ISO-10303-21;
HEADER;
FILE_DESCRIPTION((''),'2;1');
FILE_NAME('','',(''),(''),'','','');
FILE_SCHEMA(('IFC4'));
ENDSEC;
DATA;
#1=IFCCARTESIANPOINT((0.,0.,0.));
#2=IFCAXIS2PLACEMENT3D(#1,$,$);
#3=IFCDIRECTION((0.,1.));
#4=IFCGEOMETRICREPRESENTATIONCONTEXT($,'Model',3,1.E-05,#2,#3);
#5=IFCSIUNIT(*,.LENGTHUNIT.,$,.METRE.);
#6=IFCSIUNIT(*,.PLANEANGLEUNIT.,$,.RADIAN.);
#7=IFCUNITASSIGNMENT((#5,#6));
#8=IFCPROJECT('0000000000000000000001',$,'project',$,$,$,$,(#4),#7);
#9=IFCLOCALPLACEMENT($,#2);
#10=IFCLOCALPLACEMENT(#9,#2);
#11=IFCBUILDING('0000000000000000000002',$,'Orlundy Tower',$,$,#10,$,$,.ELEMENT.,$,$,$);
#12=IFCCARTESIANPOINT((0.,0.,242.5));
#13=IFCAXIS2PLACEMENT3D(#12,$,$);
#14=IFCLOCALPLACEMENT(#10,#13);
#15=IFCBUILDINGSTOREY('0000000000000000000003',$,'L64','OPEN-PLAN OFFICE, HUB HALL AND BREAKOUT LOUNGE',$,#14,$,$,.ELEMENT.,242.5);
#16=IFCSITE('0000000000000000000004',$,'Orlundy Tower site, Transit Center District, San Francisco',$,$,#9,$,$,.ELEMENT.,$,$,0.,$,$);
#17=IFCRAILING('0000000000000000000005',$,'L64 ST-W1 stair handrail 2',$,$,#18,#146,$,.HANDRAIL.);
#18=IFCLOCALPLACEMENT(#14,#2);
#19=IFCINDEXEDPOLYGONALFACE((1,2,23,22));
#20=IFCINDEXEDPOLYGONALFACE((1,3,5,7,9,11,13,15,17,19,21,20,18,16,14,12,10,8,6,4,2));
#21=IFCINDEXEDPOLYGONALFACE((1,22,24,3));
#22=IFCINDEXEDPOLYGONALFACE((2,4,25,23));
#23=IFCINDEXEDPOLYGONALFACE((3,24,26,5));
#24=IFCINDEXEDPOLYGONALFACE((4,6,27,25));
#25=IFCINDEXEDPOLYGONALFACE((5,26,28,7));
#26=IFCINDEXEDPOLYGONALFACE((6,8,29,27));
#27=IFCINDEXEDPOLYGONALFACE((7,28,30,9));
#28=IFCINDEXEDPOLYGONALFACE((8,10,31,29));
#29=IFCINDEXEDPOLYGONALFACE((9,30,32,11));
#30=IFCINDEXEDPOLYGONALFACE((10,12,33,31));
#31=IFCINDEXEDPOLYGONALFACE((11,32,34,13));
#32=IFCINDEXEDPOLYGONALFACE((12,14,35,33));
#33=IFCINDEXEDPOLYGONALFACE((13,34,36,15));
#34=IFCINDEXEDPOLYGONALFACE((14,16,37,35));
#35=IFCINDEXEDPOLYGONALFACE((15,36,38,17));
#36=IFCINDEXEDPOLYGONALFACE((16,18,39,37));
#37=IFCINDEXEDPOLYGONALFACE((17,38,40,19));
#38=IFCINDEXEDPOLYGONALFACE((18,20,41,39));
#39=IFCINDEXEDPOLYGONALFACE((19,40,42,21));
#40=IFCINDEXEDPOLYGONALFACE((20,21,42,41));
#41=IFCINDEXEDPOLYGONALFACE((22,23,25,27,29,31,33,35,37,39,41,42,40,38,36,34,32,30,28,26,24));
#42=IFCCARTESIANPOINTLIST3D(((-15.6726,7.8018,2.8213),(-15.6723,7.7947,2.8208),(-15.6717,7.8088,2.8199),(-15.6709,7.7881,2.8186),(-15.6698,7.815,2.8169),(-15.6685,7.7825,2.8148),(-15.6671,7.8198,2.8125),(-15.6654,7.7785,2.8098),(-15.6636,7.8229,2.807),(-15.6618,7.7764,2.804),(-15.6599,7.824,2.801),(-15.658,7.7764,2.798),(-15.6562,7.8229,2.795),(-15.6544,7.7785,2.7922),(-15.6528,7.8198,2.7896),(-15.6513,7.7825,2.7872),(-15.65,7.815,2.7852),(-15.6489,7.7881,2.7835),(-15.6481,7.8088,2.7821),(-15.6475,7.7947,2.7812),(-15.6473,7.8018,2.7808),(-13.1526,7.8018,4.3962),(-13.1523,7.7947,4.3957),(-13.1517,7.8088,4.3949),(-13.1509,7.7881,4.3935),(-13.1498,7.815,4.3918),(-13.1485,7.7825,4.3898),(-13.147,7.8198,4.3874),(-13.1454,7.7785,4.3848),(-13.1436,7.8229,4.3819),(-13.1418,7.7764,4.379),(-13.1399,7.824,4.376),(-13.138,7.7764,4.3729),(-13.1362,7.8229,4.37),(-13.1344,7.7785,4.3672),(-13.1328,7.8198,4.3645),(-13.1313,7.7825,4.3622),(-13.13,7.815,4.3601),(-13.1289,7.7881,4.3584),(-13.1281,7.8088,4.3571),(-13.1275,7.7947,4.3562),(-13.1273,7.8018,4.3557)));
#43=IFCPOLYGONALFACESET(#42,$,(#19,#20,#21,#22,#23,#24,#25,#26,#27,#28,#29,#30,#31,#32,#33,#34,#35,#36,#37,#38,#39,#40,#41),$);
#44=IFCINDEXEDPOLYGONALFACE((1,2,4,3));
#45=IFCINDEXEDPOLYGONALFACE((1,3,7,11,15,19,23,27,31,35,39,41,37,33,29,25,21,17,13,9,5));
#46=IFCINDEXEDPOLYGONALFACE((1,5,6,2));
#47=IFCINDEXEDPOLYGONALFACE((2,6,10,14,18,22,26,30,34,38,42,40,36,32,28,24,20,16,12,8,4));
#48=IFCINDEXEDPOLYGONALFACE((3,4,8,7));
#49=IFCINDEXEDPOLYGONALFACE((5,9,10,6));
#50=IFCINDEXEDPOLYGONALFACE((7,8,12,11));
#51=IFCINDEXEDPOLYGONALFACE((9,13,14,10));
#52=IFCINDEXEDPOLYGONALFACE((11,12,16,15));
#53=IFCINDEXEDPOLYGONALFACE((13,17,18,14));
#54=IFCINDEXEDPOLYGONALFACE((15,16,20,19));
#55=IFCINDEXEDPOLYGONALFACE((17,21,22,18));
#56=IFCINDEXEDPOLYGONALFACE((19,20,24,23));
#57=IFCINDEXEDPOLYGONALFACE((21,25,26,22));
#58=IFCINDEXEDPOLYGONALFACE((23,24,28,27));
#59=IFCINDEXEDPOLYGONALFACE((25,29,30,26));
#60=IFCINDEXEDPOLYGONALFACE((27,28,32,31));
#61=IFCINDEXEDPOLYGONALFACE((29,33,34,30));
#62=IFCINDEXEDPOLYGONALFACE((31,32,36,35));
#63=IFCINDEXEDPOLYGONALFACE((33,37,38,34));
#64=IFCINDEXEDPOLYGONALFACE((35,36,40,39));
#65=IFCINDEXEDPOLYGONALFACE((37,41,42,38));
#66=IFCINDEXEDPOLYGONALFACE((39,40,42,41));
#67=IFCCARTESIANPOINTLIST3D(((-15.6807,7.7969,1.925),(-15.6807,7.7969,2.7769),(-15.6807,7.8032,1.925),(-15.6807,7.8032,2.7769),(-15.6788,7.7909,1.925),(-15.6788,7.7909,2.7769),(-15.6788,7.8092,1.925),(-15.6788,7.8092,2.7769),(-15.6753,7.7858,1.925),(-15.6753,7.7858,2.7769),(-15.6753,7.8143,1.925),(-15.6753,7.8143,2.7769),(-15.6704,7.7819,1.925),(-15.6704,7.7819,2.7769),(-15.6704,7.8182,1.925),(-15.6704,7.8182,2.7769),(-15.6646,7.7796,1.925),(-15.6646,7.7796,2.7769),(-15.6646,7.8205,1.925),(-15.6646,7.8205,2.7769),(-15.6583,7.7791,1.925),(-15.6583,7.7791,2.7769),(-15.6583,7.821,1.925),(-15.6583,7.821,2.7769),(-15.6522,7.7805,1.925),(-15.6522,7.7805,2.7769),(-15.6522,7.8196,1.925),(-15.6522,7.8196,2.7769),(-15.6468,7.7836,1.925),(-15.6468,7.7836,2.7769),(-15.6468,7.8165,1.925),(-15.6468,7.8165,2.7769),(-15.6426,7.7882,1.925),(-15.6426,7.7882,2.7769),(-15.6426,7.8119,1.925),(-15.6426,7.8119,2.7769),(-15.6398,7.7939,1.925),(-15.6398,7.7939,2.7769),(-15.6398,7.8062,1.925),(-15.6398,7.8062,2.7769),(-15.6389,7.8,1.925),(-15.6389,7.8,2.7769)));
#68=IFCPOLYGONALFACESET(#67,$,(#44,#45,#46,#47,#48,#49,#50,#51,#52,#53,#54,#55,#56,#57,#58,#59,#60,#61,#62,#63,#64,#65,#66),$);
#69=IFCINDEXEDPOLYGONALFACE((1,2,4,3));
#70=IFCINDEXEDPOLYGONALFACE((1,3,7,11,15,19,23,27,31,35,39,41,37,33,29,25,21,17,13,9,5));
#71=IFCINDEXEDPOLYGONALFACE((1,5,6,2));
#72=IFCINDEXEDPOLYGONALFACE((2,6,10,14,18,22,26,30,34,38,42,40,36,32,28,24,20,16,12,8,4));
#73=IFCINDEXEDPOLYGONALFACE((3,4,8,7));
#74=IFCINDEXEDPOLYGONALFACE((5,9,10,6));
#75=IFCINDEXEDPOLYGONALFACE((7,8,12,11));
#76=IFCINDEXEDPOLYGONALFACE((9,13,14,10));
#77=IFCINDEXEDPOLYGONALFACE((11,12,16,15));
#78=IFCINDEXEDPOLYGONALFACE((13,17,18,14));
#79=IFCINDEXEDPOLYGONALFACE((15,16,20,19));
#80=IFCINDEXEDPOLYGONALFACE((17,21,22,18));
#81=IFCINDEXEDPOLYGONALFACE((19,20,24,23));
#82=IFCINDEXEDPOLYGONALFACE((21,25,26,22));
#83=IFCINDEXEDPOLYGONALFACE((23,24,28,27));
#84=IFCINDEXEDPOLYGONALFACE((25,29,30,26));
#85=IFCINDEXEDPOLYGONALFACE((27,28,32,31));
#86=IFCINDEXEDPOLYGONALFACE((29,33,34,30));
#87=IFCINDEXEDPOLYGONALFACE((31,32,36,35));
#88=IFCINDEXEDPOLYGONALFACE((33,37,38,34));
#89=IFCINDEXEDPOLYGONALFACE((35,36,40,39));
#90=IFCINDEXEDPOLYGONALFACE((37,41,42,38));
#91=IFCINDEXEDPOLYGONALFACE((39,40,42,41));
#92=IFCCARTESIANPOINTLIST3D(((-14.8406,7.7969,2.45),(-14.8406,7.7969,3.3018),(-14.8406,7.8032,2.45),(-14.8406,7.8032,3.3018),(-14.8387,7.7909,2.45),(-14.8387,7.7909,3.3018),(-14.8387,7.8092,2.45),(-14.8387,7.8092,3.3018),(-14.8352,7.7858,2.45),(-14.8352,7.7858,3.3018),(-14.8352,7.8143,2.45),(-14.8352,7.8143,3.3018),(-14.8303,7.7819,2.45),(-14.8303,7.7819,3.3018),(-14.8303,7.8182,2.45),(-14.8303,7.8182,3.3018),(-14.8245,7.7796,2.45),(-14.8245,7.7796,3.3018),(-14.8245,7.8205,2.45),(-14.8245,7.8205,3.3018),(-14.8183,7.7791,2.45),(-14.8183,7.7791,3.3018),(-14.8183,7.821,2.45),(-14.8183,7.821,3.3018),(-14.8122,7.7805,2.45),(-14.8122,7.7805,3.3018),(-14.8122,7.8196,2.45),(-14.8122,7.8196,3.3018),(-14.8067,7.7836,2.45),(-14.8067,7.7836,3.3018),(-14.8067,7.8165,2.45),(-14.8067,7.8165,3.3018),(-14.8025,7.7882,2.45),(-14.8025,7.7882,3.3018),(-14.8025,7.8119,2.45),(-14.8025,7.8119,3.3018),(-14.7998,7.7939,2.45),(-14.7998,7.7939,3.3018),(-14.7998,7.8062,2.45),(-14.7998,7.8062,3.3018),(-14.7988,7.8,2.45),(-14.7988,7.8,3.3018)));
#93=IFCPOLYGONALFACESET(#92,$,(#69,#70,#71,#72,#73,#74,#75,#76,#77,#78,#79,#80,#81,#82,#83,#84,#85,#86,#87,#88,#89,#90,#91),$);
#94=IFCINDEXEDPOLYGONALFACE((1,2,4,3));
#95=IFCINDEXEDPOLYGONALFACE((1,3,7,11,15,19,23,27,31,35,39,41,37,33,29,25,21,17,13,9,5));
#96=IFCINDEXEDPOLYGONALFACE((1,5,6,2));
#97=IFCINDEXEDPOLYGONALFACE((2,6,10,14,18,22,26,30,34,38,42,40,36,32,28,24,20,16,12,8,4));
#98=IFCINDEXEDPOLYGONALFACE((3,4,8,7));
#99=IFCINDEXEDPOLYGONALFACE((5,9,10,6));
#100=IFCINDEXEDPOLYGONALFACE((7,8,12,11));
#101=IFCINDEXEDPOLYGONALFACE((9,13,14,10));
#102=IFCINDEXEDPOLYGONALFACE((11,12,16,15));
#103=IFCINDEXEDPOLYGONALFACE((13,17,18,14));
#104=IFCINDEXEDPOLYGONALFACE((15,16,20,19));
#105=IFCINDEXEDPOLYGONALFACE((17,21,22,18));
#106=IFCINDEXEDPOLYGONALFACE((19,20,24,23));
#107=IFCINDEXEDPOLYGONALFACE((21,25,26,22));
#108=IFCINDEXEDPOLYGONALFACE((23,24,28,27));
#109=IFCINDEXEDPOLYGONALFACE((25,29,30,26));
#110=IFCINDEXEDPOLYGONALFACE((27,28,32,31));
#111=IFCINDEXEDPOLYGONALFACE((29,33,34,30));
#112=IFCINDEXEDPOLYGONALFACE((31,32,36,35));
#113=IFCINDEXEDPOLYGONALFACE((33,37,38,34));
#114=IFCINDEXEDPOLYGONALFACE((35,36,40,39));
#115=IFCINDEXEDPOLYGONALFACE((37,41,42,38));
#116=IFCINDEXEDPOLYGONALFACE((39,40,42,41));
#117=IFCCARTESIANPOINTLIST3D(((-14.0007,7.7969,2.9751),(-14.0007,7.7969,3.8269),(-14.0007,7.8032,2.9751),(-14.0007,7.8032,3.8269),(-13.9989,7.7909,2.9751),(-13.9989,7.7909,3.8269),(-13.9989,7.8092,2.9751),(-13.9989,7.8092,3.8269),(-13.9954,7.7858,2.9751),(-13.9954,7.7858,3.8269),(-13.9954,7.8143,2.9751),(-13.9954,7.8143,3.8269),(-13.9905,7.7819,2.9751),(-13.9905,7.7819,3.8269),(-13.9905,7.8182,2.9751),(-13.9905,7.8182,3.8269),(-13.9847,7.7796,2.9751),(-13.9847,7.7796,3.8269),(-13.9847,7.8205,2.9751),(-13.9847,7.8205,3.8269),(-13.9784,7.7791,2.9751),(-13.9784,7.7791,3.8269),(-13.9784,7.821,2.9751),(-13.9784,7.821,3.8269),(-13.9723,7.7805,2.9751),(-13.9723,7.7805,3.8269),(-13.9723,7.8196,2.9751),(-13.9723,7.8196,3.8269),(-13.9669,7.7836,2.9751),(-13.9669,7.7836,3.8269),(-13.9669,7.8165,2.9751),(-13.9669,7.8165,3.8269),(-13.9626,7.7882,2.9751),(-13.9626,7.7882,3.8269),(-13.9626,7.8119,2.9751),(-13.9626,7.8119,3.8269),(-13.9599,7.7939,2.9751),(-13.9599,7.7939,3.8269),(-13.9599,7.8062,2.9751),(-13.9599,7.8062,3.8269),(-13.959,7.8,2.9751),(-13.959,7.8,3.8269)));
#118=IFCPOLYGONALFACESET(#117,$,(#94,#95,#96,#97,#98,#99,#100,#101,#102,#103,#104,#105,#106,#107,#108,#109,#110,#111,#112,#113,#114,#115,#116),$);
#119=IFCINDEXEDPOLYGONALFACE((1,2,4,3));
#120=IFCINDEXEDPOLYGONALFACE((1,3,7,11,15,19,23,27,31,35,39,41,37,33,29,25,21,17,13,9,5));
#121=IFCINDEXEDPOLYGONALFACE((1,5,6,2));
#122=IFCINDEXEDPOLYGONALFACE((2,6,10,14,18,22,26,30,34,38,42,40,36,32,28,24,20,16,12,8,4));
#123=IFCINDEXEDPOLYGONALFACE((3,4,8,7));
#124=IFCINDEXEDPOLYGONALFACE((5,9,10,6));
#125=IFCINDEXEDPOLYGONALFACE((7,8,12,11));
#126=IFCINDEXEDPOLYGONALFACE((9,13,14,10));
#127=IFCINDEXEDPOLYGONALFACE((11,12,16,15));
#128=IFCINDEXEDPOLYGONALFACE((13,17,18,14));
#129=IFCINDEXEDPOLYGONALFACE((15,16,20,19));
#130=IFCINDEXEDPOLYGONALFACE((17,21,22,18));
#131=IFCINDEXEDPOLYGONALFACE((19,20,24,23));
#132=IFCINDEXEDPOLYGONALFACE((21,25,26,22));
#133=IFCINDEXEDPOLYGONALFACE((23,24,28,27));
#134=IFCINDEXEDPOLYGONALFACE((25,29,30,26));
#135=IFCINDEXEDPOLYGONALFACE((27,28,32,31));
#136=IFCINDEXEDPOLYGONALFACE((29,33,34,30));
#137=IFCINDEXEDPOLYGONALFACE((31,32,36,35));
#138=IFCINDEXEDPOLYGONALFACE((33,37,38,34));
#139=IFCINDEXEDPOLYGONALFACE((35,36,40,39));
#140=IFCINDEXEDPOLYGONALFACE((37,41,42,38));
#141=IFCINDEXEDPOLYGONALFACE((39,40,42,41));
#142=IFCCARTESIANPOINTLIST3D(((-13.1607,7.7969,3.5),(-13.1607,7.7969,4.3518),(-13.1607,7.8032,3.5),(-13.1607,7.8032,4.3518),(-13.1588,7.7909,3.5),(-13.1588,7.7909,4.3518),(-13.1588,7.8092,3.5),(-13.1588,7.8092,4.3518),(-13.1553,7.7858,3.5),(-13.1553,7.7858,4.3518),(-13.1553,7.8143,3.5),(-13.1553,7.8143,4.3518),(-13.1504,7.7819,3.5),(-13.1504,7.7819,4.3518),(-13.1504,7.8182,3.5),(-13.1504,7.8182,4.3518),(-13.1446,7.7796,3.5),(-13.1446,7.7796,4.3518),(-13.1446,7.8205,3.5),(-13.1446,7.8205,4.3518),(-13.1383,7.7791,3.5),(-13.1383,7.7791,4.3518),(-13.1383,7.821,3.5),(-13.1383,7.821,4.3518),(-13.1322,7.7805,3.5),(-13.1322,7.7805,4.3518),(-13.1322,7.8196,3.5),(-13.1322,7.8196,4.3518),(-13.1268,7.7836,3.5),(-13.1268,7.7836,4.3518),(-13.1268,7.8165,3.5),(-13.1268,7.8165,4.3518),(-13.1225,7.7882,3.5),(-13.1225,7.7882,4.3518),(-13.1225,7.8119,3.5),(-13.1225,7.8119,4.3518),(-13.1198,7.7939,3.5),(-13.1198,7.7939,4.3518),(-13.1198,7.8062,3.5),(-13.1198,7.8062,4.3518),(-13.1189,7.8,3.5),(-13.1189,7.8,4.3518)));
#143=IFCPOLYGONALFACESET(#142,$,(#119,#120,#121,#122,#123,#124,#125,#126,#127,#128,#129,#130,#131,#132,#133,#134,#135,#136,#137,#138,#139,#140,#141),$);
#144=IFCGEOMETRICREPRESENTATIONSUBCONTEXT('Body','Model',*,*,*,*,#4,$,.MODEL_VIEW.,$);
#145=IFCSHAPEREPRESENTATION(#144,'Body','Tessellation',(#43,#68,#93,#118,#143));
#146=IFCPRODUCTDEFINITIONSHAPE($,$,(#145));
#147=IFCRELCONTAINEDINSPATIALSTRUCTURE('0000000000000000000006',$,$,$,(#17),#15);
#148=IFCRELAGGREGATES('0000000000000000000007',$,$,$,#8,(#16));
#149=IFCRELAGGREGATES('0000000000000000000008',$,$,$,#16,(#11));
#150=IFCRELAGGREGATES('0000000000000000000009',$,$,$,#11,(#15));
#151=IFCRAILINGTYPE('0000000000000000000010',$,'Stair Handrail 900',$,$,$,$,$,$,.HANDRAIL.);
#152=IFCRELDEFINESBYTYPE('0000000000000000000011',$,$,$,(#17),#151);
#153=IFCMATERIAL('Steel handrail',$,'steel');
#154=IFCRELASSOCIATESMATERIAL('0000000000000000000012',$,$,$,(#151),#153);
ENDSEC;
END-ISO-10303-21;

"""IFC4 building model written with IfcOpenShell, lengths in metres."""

from ifc_helpers import new_model, si_unit, direction, frame, origin, origin_2d, place, context, subcontext, project, spatial, circle, extrude, material, type_object, element, save


model = new_model("IFC4")

# Units and contexts
model_context = context("Model", 3, precision=1e-05, world=origin(), true_north=direction((0.0, 1.0)))
body_context = subcontext(model_context, "Body", "Model", "MODEL_VIEW")
ifc_project = project(units=[si_unit("LENGTHUNIT", "METRE"), si_unit("PLANEANGLEUNIT", "RADIAN")], contexts=[model_context])

# Site, building, storey
site_placement = place(None, origin())
site = spatial("IfcSite", under=ifc_project, at=site_placement, Name="Orlundy Tower site, Transit Center District, San Francisco", CompositionType="ELEMENT", RefElevation=0.0)
building_placement = place(site_placement, origin())
building = spatial("IfcBuilding", under=site, at=building_placement, Name="Orlundy Tower", CompositionType="ELEMENT")
storey_placement = place(building_placement, frame((0.0, 0.0, 242.5)))
storey = spatial("IfcBuildingStorey", under=building, at=storey_placement, Name="L64", Description="OPEN-PLAN OFFICE, HUB HALL AND BREAKOUT LOUNGE", CompositionType="ELEMENT", Elevation=242.5)

# Railing
ifc_material_1 = material(Name="Steel handrail", Category="steel")
railing_type = type_object("IfcRailingType", Name="Stair Handrail 900", PredefinedType="HANDRAIL", material=ifc_material_1)
railing_placement = place(storey_placement, frame((-15.6599, 7.8, 1.925)))
element("IfcRailing", 1, at=railing_placement, inside=storey, type_object=railing_type, Name="L64 ST-W1 stair handrail 2", PredefinedType="HANDRAIL", context=body_context, shape_type="SweptSolid", body=[
    extrude(circle(Radius=0.0239, at=origin_2d()), frame((0.0, 0.0, 0.876), z_axis=(0.848008, 0.0, 0.529984), x_axis=(0.0, 1.0, 0.0)), (0.0, 0.0, 1.0), 2.9717),
    extrude(circle(Radius=0.021, at=origin_2d()), origin(), (0.0, 0.0, 1.0), 0.8518),
    extrude(circle(Radius=0.021, at=origin_2d()), frame((0.8401, 0.0, 0.5249)), (0.0, 0.0, 1.0), 0.8518),
    extrude(circle(Radius=0.021, at=origin_2d()), frame((1.6799, 0.0, 1.05)), (0.0, 0.0, 1.0), 0.8518),
    extrude(circle(Radius=0.021, at=origin_2d()), frame((2.52, 0.0, 1.575)), (0.0, 0.0, 1.0), 0.8518),
])

save(model, "model.ifc")
